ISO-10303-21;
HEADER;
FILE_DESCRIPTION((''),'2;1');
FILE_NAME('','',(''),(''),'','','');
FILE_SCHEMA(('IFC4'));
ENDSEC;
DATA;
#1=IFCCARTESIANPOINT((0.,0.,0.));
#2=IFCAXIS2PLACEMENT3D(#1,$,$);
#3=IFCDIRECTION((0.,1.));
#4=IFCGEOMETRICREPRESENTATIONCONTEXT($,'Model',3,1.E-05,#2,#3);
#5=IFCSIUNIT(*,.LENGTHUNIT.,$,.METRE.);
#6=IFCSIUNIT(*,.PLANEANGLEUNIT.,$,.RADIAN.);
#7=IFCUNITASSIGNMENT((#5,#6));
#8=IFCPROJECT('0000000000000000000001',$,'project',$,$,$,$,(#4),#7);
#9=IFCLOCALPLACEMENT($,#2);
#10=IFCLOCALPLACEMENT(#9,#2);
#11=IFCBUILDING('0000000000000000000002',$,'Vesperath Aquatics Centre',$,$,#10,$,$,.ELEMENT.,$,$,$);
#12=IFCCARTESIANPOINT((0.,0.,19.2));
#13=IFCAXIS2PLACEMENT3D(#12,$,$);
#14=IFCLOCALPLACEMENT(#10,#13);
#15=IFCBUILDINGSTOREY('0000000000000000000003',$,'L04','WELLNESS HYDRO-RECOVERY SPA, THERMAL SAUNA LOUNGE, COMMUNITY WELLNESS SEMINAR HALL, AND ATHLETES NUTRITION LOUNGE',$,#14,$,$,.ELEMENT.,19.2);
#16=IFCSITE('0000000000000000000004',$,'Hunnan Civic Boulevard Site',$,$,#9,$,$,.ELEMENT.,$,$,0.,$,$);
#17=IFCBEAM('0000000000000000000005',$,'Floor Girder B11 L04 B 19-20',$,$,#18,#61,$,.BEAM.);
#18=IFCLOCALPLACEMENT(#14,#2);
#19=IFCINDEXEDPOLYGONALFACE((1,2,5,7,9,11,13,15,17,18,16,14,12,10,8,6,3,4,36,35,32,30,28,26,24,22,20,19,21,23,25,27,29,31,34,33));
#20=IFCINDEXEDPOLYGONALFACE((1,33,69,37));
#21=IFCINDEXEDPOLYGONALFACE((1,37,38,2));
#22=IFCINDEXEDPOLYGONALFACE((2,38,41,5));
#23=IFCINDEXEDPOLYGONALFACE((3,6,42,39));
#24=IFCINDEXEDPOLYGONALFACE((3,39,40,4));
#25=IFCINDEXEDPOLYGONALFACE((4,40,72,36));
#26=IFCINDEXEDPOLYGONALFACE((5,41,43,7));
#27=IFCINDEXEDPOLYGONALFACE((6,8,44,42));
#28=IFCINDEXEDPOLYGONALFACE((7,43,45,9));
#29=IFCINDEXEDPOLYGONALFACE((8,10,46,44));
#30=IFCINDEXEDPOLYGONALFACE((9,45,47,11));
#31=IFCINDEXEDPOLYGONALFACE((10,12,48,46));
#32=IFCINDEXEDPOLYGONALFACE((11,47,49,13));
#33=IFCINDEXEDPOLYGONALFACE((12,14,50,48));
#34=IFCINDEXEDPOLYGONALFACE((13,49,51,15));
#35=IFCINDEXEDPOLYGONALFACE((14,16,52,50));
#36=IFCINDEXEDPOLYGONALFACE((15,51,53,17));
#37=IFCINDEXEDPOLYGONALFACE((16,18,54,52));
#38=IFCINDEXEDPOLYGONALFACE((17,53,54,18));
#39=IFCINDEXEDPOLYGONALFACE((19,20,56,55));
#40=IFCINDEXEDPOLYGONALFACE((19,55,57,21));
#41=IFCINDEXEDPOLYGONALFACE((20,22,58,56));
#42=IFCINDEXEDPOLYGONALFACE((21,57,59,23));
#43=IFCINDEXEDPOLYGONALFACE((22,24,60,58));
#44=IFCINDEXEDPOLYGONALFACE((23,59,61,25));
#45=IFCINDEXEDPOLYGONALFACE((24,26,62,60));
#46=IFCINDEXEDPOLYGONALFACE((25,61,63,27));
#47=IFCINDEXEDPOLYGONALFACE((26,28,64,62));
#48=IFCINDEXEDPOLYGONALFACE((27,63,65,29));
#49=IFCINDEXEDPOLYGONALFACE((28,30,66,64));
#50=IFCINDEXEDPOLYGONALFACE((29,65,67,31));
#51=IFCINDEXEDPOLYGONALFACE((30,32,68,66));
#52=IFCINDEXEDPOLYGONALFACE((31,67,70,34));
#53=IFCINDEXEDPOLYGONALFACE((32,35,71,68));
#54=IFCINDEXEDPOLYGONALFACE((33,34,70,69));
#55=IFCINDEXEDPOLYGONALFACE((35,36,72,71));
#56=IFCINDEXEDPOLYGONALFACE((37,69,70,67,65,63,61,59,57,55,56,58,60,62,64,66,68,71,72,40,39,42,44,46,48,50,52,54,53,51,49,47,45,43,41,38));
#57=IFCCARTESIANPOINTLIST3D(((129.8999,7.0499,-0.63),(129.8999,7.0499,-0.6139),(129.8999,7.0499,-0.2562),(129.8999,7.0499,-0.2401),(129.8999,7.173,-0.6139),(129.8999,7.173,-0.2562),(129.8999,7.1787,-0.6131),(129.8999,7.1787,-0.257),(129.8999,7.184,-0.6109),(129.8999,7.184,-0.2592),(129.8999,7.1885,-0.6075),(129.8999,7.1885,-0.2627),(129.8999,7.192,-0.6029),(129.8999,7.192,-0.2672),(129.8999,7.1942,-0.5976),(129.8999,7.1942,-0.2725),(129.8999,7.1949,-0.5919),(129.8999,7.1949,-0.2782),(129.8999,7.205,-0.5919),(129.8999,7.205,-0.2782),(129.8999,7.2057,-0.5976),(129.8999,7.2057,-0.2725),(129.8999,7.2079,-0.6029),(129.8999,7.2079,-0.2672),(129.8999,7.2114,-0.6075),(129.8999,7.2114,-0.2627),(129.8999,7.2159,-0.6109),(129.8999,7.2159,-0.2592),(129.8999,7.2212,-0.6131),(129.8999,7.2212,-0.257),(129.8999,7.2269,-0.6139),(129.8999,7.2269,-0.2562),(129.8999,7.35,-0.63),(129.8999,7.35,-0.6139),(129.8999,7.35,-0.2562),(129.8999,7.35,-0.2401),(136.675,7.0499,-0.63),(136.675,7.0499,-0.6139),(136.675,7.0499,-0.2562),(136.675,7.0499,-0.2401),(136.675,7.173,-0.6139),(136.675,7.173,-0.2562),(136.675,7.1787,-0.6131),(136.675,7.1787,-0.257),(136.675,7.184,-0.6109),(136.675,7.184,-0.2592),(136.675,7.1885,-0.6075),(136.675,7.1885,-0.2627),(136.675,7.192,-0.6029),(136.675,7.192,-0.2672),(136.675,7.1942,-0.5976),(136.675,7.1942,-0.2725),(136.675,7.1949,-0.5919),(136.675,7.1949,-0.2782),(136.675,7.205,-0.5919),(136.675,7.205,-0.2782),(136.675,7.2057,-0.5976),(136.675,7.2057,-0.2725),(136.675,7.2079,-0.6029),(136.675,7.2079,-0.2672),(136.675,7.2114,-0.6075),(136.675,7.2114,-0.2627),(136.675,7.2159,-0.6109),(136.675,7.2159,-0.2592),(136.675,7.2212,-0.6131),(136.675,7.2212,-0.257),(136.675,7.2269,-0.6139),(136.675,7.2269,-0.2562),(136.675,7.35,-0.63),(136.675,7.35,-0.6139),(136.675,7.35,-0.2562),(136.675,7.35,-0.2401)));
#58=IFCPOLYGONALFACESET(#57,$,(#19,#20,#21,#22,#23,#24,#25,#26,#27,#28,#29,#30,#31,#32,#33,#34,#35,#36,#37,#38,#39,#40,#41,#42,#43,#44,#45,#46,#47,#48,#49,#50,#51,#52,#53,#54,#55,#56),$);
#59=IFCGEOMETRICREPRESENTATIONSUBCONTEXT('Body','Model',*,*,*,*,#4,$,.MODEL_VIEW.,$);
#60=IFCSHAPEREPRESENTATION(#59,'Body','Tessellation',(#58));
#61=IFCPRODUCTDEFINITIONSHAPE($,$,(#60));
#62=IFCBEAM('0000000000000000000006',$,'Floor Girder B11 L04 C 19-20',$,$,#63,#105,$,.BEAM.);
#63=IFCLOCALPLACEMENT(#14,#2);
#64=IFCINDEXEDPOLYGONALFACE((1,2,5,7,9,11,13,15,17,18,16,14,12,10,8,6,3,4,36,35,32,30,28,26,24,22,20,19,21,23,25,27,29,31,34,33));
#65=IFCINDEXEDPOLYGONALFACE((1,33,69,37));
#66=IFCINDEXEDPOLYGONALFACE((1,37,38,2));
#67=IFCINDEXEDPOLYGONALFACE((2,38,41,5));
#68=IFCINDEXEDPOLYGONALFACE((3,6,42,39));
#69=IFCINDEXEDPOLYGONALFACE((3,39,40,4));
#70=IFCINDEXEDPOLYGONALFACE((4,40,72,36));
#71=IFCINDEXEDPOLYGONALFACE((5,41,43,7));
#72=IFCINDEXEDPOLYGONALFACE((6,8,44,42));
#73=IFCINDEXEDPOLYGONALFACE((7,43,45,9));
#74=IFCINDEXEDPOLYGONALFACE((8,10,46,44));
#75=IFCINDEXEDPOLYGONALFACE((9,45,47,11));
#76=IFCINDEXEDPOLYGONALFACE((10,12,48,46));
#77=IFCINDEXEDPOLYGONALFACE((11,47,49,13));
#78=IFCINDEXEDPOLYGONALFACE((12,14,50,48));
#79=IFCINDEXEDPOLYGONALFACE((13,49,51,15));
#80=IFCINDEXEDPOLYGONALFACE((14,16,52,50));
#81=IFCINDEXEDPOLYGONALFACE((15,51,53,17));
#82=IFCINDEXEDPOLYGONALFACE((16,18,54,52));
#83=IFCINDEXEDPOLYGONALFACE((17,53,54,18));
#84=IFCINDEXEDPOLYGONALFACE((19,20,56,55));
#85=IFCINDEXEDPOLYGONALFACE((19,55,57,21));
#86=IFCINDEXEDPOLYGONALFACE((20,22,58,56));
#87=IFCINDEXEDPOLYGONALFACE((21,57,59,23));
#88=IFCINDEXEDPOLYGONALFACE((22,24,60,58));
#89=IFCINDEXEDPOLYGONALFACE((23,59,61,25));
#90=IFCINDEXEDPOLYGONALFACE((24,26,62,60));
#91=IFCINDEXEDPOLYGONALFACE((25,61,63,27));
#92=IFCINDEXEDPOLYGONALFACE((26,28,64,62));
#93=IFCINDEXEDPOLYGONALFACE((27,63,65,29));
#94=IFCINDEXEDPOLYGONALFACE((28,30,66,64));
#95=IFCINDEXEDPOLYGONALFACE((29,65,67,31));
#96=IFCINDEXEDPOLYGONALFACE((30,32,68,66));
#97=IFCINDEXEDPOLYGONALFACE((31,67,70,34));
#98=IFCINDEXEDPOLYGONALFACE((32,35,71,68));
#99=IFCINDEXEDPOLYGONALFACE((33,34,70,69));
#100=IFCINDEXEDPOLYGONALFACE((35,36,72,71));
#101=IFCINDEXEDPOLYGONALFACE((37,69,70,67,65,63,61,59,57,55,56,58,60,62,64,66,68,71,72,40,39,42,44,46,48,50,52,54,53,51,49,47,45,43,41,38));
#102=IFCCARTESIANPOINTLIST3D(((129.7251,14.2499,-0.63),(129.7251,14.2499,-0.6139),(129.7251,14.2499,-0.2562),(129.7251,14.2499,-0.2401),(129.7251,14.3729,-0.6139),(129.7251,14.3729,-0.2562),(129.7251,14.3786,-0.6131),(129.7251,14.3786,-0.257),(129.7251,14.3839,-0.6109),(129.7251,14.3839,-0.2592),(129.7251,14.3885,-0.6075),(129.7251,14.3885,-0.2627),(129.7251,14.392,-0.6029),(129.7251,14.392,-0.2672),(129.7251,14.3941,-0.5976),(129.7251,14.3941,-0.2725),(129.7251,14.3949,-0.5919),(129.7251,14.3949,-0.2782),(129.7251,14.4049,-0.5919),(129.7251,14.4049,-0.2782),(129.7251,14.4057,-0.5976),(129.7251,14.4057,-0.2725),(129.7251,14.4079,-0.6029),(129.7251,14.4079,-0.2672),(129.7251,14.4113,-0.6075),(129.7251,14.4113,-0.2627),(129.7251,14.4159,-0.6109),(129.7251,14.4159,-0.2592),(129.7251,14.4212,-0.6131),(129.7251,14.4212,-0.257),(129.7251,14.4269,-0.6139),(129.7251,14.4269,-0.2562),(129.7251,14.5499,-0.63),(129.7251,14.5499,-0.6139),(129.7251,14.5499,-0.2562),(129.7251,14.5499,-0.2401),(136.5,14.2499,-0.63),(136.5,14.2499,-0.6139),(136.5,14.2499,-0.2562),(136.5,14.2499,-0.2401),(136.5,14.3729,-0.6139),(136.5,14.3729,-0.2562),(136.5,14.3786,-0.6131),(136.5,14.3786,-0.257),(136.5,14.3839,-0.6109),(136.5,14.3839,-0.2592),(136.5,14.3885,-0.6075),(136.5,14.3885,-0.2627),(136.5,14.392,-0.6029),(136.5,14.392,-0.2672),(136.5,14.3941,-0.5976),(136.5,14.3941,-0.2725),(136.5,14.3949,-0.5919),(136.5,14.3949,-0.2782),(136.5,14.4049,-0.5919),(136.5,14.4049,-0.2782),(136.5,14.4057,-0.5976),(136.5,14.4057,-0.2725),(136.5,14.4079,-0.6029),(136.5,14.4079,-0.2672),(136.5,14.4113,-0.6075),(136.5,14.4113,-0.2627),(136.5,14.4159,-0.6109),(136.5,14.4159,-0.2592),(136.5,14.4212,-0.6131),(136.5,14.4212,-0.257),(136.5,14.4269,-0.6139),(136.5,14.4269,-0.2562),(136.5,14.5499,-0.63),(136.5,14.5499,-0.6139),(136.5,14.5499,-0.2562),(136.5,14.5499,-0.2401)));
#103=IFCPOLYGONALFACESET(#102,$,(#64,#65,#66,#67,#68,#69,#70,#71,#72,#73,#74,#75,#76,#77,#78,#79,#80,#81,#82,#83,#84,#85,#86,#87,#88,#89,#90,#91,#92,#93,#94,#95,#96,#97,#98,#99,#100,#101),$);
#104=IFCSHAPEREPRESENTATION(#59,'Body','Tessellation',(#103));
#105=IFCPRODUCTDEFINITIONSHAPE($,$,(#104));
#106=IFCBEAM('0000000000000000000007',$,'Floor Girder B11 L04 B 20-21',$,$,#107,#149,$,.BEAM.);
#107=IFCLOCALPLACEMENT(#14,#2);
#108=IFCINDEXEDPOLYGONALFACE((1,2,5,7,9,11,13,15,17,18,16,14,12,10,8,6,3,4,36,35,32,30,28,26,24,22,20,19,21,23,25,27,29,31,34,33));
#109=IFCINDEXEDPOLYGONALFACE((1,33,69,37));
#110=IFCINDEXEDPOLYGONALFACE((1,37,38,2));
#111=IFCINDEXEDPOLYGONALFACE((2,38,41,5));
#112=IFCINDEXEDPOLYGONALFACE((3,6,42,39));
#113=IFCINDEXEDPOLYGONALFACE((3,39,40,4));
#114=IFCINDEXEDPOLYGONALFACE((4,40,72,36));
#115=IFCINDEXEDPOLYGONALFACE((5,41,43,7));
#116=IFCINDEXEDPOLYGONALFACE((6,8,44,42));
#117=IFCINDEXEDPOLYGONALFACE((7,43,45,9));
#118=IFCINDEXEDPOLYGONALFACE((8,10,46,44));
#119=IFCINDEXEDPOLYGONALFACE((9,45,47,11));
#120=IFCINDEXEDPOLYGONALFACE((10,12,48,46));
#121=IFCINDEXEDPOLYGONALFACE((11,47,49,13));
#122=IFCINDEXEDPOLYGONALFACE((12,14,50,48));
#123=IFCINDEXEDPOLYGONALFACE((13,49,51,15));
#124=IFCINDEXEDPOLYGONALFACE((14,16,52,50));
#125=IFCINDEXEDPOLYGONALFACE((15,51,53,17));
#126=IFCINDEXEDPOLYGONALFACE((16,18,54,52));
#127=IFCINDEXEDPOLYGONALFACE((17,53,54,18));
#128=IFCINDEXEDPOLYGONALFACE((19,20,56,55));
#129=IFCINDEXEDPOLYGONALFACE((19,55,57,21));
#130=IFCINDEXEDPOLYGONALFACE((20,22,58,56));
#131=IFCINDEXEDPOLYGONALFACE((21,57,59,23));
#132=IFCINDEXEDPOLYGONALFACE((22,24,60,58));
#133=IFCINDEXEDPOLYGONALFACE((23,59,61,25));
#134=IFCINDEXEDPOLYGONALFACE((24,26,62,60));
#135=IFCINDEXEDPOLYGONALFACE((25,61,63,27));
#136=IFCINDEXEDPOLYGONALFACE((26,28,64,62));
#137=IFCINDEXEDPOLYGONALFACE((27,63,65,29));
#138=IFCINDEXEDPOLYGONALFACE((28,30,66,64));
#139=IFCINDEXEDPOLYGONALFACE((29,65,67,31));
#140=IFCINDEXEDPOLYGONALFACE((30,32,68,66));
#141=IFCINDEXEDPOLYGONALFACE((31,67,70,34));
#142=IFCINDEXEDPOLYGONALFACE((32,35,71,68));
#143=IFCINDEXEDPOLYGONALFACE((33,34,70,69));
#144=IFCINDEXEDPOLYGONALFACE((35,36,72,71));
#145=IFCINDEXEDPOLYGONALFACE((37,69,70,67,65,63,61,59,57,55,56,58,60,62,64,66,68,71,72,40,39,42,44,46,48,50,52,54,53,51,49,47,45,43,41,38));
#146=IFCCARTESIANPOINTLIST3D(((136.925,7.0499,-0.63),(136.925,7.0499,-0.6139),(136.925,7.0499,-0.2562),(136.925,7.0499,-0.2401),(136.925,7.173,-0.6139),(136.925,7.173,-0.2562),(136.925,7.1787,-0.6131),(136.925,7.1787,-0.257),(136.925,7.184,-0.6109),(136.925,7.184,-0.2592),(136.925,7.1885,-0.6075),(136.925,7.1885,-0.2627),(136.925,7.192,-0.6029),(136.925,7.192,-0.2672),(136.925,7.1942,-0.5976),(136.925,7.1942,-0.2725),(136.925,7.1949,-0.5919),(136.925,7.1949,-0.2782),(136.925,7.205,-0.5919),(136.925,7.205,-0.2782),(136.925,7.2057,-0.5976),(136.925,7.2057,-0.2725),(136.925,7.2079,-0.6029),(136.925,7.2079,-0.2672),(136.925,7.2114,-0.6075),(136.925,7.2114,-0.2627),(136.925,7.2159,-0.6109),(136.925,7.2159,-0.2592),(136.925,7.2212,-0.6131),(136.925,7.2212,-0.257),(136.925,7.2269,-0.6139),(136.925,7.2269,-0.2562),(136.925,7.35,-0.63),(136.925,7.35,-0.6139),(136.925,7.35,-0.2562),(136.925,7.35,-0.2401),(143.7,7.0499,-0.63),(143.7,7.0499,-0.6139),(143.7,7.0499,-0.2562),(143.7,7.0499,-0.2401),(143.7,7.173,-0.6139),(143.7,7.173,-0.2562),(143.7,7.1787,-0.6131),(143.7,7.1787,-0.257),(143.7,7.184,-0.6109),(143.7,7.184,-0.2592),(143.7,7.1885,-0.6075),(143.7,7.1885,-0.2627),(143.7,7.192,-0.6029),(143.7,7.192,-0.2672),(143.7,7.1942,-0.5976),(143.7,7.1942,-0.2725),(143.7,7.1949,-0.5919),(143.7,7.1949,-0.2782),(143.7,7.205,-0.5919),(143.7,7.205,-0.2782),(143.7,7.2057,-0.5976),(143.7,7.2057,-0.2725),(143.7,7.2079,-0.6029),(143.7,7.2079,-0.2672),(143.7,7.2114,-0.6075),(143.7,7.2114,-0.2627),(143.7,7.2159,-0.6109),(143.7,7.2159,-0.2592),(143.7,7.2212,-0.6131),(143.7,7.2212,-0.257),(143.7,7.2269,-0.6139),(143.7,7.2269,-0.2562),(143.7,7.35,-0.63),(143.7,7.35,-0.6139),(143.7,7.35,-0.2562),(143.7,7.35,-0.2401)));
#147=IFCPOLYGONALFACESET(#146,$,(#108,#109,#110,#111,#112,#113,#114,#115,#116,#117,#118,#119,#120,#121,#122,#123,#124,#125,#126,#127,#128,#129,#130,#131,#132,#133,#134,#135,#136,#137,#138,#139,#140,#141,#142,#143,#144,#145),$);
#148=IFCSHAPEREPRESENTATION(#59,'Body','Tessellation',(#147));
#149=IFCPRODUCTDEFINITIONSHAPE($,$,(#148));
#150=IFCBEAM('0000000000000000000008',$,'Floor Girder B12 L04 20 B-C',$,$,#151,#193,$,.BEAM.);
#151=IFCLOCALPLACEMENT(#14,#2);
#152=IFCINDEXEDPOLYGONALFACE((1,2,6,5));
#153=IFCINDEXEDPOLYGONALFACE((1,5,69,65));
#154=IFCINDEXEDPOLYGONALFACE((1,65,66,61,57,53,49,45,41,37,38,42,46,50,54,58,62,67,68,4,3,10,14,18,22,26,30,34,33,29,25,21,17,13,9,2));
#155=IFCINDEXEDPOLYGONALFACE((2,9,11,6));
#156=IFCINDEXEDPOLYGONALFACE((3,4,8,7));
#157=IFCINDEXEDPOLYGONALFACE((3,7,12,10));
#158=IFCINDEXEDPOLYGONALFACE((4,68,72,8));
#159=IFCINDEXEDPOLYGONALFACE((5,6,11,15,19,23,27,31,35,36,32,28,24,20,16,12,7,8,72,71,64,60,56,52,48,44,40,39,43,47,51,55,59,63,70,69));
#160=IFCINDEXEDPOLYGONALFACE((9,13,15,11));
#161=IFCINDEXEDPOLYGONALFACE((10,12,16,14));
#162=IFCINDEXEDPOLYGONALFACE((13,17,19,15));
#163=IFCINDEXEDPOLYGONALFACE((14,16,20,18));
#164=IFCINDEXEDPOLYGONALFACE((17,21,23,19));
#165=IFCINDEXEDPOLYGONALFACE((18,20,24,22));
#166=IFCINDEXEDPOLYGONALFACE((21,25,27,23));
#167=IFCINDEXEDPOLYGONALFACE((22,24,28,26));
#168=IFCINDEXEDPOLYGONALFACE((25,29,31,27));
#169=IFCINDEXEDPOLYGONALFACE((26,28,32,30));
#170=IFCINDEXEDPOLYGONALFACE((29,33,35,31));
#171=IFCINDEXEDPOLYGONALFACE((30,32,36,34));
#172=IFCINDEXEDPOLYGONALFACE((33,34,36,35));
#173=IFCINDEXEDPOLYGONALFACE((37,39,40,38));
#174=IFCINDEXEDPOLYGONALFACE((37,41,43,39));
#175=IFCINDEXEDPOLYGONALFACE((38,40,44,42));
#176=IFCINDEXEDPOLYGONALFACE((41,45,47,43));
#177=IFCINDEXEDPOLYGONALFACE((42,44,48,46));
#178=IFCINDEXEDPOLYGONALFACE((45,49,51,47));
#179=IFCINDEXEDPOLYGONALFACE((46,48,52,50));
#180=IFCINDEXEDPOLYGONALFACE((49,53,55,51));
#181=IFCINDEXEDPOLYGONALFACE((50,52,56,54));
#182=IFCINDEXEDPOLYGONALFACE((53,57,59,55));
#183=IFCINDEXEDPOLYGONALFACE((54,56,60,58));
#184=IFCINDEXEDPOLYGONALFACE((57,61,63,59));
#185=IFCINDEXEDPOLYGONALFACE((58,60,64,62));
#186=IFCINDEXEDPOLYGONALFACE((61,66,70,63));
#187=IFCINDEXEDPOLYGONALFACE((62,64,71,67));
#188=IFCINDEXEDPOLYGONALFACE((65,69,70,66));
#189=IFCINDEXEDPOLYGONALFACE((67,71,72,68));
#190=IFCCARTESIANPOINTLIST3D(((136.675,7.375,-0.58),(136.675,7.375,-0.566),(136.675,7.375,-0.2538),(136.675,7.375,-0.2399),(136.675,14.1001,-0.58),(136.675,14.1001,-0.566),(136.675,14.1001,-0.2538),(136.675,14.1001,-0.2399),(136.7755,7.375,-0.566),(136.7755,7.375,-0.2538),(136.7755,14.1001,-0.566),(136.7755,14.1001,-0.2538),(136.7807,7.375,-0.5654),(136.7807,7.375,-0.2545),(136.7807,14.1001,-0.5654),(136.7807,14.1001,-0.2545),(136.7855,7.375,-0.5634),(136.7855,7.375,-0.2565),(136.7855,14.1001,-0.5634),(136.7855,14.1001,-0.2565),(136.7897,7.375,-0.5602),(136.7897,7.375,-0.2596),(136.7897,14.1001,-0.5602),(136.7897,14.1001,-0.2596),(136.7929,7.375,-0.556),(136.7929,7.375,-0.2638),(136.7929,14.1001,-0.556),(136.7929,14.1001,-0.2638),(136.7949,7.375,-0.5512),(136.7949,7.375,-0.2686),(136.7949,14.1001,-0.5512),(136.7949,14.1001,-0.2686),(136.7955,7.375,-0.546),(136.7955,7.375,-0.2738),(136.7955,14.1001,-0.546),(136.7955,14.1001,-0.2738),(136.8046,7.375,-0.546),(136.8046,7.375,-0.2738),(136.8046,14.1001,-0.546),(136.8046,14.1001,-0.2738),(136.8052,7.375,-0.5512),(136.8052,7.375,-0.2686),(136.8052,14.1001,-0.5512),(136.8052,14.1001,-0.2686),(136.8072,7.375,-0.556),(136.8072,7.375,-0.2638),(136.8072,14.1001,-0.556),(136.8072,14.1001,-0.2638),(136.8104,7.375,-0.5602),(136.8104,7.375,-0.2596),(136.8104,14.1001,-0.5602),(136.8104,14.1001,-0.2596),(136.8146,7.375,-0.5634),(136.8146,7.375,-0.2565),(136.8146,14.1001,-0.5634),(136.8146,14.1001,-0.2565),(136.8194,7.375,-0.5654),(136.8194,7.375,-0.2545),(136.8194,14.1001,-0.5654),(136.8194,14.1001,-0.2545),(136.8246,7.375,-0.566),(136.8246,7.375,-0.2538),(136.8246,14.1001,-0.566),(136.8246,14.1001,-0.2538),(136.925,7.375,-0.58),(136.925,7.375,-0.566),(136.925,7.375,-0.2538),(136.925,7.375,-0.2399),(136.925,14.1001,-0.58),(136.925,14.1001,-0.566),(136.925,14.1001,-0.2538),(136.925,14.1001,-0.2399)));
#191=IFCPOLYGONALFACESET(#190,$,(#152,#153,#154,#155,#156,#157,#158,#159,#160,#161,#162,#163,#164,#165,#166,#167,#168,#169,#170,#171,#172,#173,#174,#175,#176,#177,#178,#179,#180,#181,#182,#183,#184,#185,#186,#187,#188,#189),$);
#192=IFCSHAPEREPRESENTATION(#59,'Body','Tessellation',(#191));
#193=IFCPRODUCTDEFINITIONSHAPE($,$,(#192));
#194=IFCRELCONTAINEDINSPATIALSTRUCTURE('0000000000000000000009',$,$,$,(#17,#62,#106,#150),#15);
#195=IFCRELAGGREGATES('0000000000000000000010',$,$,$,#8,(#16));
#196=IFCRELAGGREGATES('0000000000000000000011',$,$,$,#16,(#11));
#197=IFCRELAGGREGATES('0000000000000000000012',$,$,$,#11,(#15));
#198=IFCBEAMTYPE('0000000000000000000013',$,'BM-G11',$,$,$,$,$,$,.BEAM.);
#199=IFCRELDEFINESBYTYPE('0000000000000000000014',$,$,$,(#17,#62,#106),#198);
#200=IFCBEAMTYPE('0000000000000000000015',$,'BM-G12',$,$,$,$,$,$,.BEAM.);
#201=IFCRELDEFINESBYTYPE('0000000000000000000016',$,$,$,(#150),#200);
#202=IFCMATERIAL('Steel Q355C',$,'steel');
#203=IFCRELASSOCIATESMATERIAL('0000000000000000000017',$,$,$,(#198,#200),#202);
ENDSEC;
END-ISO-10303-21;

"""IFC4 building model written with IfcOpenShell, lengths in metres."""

from ifc_helpers import new_model, si_unit, direction, frame, origin, origin_2d, place, context, subcontext, project, spatial, i_section, extrude, material, material_profile, profile_set, type_object, element, save


model = new_model("IFC4")

# Units and contexts
model_context = context("Model", 3, precision=1e-05, world=origin(), true_north=direction((0.0, 1.0)))
body_context = subcontext(model_context, "Body", "Model", "MODEL_VIEW")
ifc_project = project(units=[si_unit("LENGTHUNIT", "METRE"), si_unit("PLANEANGLEUNIT", "RADIAN")], contexts=[model_context])

# Site, building, storey
site_placement = place(None, origin())
site = spatial("IfcSite", under=ifc_project, at=site_placement, Name="Hunnan Civic Boulevard Site", CompositionType="ELEMENT", RefElevation=0.0)
building_placement = place(site_placement, origin())
building = spatial("IfcBuilding", under=site, at=building_placement, Name="Vesperath Aquatics Centre", CompositionType="ELEMENT")
storey_placement = place(building_placement, frame((0.0, 0.0, 19.2)))
storey = spatial("IfcBuildingStorey", under=building, at=storey_placement, Name="L04", Description="WELLNESS HYDRO-RECOVERY SPA, THERMAL SAUNA LOUNGE, COMMUNITY WELLNESS SEMINAR HALL, AND ATHLETES NUTRITION LOUNGE", CompositionType="ELEMENT", Elevation=19.2)

# Shared definitions
ifc_material_1 = material(Name="Steel Q355C", Category="steel")

# Beams
ifc_material_profile_1 = material_profile(ifc_material_1, i_section(OverallWidth=0.3, OverallDepth=0.3899, WebThickness=0.01, FlangeThickness=0.0161, FilletRadius=0.022, at=origin_2d()), Name="HM 390x300x10x16")
ifc_profile_set_1 = profile_set([ifc_material_profile_1], Name="Steel Q355C")
beam_type_1 = type_object("IfcBeamType", Name="BM-G11", PredefinedType="BEAM", material=ifc_profile_set_1)
beam_1_placement = place(storey_placement, frame((129.8999, 7.2, -0.4351), z_axis=(1.0, 0.0, 0.0), x_axis=(0.0, 1.0, 0.0)))
element("IfcBeam", 1, at=beam_1_placement, inside=storey, type_object=beam_type_1, Name="Floor Girder B11 L04 B 19-20", PredefinedType="BEAM", context=body_context, shape_type="SweptSolid", body=[
    extrude(i_section(OverallWidth=0.3, OverallDepth=0.3899, WebThickness=0.01, FlangeThickness=0.0161, FilletRadius=0.022, at=origin_2d()), origin(), (0.0, 0.0, 1.0), 6.7751),
])
for number, where, z_axis, x_axis, name in (
    (2, (129.7251, 14.3999, -0.4351), (1.0, 0.0, 0.0), (0.0, 1.0, 0.0), "Floor Girder B11 L04 C 19-20"),
    (3, (136.925, 7.2, -0.4351), (1.0, 0.0, 0.0), (0.0, 1.0, 0.0), "Floor Girder B11 L04 B 20-21"),
):
    element("IfcBeam", number, at=place(storey_placement, frame(where, z_axis=z_axis, x_axis=x_axis)), inside=storey, type_object=beam_type_1, Name=name, PredefinedType="BEAM", context=body_context, shape_type="SweptSolid", body=[
        extrude(i_section(OverallWidth=0.3, OverallDepth=0.3899, WebThickness=0.01, FlangeThickness=0.0161, FilletRadius=0.022, at=origin_2d()), origin(), (0.0, 0.0, 1.0), 6.7749),
    ])
ifc_material_profile_2 = material_profile(ifc_material_1, i_section(OverallWidth=0.25, OverallDepth=0.3401, WebThickness=0.009, FlangeThickness=0.0139, FilletRadius=0.02, at=origin_2d()), Name="HM 340x250x9x14")
ifc_profile_set_2 = profile_set([ifc_material_profile_2], Name="Steel Q355C")
beam_type_2 = type_object("IfcBeamType", Name="BM-G12", PredefinedType="BEAM", material=ifc_profile_set_2)
beam_2_placement = place(storey_placement, frame((136.8, 7.375, -0.4099), z_axis=(0.0, 1.0, 0.0), x_axis=(-1.0, 0.0, 0.0)))
element("IfcBeam", 4, at=beam_2_placement, inside=storey, type_object=beam_type_2, Name="Floor Girder B12 L04 20 B-C", PredefinedType="BEAM", context=body_context, shape_type="SweptSolid", body=[
    extrude(i_section(OverallWidth=0.25, OverallDepth=0.3401, WebThickness=0.009, FlangeThickness=0.0139, FilletRadius=0.02, at=origin_2d()), origin(), (0.0, 0.0, 1.0), 6.7251),
])

save(model, "model.ifc")
